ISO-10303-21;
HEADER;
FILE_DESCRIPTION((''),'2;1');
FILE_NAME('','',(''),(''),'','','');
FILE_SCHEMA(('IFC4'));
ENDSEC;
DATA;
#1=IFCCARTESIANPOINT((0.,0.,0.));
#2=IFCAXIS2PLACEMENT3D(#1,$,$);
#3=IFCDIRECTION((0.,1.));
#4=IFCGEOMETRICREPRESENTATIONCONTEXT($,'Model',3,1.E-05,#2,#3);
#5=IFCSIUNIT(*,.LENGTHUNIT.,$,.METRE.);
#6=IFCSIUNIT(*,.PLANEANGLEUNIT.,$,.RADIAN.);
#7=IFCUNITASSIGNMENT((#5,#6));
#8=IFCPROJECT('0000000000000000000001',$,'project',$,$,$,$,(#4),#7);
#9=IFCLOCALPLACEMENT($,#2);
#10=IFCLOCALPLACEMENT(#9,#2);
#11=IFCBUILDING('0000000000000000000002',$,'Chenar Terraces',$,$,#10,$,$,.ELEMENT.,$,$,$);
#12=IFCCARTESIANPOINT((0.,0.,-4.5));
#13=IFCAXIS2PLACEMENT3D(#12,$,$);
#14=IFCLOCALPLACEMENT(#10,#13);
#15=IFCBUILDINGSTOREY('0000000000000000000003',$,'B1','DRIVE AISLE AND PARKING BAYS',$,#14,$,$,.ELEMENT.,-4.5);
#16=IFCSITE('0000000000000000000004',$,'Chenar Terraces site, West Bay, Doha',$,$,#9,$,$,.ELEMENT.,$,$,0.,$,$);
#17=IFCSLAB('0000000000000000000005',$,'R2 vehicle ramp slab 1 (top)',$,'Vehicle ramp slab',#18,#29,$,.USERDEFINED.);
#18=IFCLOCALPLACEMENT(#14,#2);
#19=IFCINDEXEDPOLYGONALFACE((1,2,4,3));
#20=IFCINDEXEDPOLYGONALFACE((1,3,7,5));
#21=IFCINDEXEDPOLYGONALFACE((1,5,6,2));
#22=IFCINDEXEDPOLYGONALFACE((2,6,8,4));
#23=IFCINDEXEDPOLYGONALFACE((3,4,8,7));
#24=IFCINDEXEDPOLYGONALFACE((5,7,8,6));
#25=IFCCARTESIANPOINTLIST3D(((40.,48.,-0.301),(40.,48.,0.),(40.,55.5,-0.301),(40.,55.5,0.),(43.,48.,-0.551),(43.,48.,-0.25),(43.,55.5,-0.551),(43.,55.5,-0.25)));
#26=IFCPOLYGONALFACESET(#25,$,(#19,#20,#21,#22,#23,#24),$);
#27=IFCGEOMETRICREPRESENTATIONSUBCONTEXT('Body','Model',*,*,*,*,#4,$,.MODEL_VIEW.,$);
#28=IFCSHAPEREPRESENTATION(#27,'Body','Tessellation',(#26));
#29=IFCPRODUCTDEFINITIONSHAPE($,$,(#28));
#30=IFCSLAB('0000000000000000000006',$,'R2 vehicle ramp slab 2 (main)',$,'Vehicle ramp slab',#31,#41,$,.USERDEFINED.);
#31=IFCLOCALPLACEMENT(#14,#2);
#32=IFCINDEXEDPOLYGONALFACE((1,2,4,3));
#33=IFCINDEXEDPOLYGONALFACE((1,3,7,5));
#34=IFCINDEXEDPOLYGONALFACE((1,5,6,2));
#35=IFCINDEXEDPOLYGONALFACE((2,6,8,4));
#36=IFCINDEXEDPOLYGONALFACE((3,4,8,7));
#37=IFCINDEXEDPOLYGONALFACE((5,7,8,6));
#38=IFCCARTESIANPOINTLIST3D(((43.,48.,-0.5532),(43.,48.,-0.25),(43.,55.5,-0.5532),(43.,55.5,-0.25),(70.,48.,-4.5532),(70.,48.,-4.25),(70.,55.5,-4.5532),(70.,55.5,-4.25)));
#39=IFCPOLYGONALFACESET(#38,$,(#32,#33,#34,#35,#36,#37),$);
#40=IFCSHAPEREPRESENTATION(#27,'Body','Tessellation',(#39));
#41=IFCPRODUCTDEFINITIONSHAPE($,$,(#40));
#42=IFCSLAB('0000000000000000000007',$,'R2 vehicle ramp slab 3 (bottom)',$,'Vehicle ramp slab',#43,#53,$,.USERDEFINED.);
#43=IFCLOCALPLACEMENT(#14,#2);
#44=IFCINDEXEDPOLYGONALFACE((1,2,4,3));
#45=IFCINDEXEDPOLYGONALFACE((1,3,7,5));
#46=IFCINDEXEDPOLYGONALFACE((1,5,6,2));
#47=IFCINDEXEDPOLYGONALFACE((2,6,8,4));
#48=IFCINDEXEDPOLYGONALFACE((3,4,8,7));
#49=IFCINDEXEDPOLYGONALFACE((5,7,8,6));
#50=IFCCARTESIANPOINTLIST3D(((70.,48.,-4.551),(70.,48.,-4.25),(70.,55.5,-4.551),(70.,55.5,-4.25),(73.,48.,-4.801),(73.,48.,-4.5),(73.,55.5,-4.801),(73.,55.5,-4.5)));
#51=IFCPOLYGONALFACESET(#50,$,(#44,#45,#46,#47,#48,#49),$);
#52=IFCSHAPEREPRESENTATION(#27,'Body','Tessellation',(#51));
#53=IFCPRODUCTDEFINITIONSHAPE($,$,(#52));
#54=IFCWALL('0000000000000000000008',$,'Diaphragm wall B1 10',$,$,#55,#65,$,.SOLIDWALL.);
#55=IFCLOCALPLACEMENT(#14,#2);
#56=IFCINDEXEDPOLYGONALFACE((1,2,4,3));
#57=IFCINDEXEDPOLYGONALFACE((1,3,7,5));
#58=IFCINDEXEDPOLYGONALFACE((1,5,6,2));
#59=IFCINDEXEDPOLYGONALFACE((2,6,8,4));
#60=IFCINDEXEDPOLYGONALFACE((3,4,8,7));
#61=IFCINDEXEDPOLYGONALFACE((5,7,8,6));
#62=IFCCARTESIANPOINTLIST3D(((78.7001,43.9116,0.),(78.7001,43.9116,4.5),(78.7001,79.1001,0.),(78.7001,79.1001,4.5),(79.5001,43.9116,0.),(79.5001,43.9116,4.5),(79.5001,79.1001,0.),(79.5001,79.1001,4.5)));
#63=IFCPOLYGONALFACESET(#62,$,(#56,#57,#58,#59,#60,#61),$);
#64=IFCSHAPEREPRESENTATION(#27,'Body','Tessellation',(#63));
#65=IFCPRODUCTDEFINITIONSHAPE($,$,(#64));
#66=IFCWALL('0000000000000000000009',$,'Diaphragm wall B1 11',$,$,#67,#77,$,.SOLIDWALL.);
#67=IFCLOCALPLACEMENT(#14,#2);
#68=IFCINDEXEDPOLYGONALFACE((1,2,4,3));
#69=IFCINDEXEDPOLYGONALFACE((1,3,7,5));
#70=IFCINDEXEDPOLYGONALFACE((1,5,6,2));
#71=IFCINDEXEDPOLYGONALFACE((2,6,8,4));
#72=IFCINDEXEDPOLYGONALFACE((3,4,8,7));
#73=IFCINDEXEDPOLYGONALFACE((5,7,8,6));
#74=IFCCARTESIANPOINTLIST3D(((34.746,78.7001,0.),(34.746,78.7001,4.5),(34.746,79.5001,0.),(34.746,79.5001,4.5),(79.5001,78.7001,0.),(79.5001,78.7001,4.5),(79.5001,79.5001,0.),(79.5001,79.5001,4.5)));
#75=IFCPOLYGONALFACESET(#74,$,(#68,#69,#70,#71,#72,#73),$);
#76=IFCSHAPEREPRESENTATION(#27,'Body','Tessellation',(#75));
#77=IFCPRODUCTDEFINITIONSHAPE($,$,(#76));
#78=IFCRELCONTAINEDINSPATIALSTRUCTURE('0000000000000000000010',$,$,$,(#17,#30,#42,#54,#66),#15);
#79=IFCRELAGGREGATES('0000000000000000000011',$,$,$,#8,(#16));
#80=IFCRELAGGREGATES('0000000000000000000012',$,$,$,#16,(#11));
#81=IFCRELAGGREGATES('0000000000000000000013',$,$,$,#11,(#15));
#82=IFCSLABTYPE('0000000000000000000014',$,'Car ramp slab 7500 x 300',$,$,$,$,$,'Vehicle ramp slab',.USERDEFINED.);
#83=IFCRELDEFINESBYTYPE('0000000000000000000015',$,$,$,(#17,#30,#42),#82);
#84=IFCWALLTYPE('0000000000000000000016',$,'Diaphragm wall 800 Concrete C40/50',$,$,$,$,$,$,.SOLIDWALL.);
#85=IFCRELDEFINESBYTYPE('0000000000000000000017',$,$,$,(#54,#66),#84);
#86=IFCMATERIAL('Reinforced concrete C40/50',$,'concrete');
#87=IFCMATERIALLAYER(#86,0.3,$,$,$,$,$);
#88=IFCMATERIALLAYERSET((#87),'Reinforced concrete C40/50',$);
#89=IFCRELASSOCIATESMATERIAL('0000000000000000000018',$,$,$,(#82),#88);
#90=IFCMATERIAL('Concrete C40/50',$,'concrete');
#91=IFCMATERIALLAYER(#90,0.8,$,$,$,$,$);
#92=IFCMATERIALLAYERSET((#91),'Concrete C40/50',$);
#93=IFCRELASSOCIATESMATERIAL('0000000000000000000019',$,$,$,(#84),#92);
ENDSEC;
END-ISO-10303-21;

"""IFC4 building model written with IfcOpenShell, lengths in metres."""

from ifc_helpers import new_model, si_unit, direction, frame, frame_2d, origin, place, context, subcontext, project, spatial, polyline, rectangle, outline, extrude, material, layer, layer_set, type_object, element, save


model = new_model("IFC4")

# Units and contexts
model_context = context("Model", 3, precision=1e-05, world=origin(), true_north=direction((0.0, 1.0)))
body_context = subcontext(model_context, "Body", "Model", "MODEL_VIEW")
ifc_project = project(units=[si_unit("LENGTHUNIT", "METRE"), si_unit("PLANEANGLEUNIT", "RADIAN")], contexts=[model_context])

# Site, building, storey
site_placement = place(None, origin())
site = spatial("IfcSite", under=ifc_project, at=site_placement, Name="Chenar Terraces site, West Bay, Doha", CompositionType="ELEMENT", RefElevation=0.0)
building_placement = place(site_placement, origin())
building = spatial("IfcBuilding", under=site, at=building_placement, Name="Chenar Terraces", CompositionType="ELEMENT")
storey_placement = place(building_placement, frame((0.0, 0.0, -4.5)))
storey = spatial("IfcBuildingStorey", under=building, at=storey_placement, Name="B1", Description="DRIVE AISLE AND PARKING BAYS", CompositionType="ELEMENT", Elevation=-4.5)

# Slabs
ifc_material_1 = material(Name="Reinforced concrete C40/50", Category="concrete")
ifc_layer_1 = layer(ifc_material_1, 0.3)
ifc_layer_set_1 = layer_set([ifc_layer_1], Name="Reinforced concrete C40/50")
slab_type = type_object("IfcSlabType", Name="Car ramp slab 7500 x 300", ElementType="Vehicle ramp slab", PredefinedType="USERDEFINED", material=ifc_layer_set_1)
slab_1_placement = place(storey_placement, frame((40.0, 48.0, 0.0), z_axis=(0.083045, 0.0, 0.996546), x_axis=(0.996546, 0.0, -0.083045)))
element("IfcSlab", 1, at=slab_1_placement, inside=storey, type_object=slab_type, Name="R2 vehicle ramp slab 1 (top)", ObjectType="Vehicle ramp slab", PredefinedType="USERDEFINED", context=body_context, shape_type="SweptSolid", body=[
    extrude(outline(polyline([(0.0, 0.0), (3.0104, 0.0), (3.0104, 7.5), (0.0, 7.5), (0.0, 0.0)])), origin(), (0.083045, 0.0, -0.996546), 0.301),
])
slab_2_placement = place(storey_placement, frame((43.0, 48.0, -0.25), z_axis=(0.146549, 0.0, 0.989203), x_axis=(0.989203, 0.0, -0.146549)))
element("IfcSlab", 2, at=slab_2_placement, inside=storey, type_object=slab_type, Name="R2 vehicle ramp slab 2 (main)", ObjectType="Vehicle ramp slab", PredefinedType="USERDEFINED", context=body_context, shape_type="SweptSolid", body=[
    extrude(outline(polyline([(0.0, 0.0), (27.2947, 0.0), (27.2947, 7.5), (0.0, 7.5), (0.0, 0.0)])), origin(), (0.146549, 0.0, -0.989203), 0.3032),
])
slab_3_placement = place(storey_placement, frame((70.0, 48.0, -4.25), z_axis=(0.083045, 0.0, 0.996546), x_axis=(0.996546, 0.0, -0.083045)))
element("IfcSlab", 3, at=slab_3_placement, inside=storey, type_object=slab_type, Name="R2 vehicle ramp slab 3 (bottom)", ObjectType="Vehicle ramp slab", PredefinedType="USERDEFINED", context=body_context, shape_type="SweptSolid", body=[
    extrude(outline(polyline([(0.0, 0.0), (3.0104, 0.0), (3.0104, 7.5), (0.0, 7.5), (0.0, 0.0)])), origin(), (0.083045, 0.0, -0.996546), 0.301),
])

# Walls
ifc_material_2 = material(Name="Concrete C40/50", Category="concrete")
ifc_layer_2 = layer(ifc_material_2, 0.8)
ifc_layer_set_2 = layer_set([ifc_layer_2], Name="Concrete C40/50")
wall_type_1 = type_object("IfcWallType", Name="Diaphragm wall 800 Concrete C40/50", PredefinedType="SOLIDWALL", material=ifc_layer_set_2)
wall_1_placement = place(storey_placement, frame((79.1001, 43.9116, 0.0), z_axis=(0.0, 0.0, 1.0), x_axis=(0.0, 1.0, 0.0)))
element("IfcWall", 4, at=wall_1_placement, inside=storey, type_object=wall_type_1, Name="Diaphragm wall B1 10", PredefinedType="SOLIDWALL", context=body_context, shape_type="SweptSolid", body=[
    extrude(rectangle(XDim=35.1885, YDim=0.8, at=frame_2d((17.5942, 0.0))), origin(), (0.0, 0.0, 1.0), 4.5),
])
wall_2_placement = place(storey_placement, frame((79.5, 79.1001, 0.0), z_axis=(0.0, 0.0, 1.0), x_axis=(-1.0, 0.0, 0.0)))
element("IfcWall", 5, at=wall_2_placement, inside=storey, type_object=wall_type_1, Name="Diaphragm wall B1 11", PredefinedType="SOLIDWALL", context=body_context, shape_type="SweptSolid", body=[
    extrude(rectangle(XDim=44.7542, YDim=0.8, at=frame_2d((22.377, 0.0))), origin(), (0.0, 0.0, 1.0), 4.5),
])

save(model, "model.ifc")
